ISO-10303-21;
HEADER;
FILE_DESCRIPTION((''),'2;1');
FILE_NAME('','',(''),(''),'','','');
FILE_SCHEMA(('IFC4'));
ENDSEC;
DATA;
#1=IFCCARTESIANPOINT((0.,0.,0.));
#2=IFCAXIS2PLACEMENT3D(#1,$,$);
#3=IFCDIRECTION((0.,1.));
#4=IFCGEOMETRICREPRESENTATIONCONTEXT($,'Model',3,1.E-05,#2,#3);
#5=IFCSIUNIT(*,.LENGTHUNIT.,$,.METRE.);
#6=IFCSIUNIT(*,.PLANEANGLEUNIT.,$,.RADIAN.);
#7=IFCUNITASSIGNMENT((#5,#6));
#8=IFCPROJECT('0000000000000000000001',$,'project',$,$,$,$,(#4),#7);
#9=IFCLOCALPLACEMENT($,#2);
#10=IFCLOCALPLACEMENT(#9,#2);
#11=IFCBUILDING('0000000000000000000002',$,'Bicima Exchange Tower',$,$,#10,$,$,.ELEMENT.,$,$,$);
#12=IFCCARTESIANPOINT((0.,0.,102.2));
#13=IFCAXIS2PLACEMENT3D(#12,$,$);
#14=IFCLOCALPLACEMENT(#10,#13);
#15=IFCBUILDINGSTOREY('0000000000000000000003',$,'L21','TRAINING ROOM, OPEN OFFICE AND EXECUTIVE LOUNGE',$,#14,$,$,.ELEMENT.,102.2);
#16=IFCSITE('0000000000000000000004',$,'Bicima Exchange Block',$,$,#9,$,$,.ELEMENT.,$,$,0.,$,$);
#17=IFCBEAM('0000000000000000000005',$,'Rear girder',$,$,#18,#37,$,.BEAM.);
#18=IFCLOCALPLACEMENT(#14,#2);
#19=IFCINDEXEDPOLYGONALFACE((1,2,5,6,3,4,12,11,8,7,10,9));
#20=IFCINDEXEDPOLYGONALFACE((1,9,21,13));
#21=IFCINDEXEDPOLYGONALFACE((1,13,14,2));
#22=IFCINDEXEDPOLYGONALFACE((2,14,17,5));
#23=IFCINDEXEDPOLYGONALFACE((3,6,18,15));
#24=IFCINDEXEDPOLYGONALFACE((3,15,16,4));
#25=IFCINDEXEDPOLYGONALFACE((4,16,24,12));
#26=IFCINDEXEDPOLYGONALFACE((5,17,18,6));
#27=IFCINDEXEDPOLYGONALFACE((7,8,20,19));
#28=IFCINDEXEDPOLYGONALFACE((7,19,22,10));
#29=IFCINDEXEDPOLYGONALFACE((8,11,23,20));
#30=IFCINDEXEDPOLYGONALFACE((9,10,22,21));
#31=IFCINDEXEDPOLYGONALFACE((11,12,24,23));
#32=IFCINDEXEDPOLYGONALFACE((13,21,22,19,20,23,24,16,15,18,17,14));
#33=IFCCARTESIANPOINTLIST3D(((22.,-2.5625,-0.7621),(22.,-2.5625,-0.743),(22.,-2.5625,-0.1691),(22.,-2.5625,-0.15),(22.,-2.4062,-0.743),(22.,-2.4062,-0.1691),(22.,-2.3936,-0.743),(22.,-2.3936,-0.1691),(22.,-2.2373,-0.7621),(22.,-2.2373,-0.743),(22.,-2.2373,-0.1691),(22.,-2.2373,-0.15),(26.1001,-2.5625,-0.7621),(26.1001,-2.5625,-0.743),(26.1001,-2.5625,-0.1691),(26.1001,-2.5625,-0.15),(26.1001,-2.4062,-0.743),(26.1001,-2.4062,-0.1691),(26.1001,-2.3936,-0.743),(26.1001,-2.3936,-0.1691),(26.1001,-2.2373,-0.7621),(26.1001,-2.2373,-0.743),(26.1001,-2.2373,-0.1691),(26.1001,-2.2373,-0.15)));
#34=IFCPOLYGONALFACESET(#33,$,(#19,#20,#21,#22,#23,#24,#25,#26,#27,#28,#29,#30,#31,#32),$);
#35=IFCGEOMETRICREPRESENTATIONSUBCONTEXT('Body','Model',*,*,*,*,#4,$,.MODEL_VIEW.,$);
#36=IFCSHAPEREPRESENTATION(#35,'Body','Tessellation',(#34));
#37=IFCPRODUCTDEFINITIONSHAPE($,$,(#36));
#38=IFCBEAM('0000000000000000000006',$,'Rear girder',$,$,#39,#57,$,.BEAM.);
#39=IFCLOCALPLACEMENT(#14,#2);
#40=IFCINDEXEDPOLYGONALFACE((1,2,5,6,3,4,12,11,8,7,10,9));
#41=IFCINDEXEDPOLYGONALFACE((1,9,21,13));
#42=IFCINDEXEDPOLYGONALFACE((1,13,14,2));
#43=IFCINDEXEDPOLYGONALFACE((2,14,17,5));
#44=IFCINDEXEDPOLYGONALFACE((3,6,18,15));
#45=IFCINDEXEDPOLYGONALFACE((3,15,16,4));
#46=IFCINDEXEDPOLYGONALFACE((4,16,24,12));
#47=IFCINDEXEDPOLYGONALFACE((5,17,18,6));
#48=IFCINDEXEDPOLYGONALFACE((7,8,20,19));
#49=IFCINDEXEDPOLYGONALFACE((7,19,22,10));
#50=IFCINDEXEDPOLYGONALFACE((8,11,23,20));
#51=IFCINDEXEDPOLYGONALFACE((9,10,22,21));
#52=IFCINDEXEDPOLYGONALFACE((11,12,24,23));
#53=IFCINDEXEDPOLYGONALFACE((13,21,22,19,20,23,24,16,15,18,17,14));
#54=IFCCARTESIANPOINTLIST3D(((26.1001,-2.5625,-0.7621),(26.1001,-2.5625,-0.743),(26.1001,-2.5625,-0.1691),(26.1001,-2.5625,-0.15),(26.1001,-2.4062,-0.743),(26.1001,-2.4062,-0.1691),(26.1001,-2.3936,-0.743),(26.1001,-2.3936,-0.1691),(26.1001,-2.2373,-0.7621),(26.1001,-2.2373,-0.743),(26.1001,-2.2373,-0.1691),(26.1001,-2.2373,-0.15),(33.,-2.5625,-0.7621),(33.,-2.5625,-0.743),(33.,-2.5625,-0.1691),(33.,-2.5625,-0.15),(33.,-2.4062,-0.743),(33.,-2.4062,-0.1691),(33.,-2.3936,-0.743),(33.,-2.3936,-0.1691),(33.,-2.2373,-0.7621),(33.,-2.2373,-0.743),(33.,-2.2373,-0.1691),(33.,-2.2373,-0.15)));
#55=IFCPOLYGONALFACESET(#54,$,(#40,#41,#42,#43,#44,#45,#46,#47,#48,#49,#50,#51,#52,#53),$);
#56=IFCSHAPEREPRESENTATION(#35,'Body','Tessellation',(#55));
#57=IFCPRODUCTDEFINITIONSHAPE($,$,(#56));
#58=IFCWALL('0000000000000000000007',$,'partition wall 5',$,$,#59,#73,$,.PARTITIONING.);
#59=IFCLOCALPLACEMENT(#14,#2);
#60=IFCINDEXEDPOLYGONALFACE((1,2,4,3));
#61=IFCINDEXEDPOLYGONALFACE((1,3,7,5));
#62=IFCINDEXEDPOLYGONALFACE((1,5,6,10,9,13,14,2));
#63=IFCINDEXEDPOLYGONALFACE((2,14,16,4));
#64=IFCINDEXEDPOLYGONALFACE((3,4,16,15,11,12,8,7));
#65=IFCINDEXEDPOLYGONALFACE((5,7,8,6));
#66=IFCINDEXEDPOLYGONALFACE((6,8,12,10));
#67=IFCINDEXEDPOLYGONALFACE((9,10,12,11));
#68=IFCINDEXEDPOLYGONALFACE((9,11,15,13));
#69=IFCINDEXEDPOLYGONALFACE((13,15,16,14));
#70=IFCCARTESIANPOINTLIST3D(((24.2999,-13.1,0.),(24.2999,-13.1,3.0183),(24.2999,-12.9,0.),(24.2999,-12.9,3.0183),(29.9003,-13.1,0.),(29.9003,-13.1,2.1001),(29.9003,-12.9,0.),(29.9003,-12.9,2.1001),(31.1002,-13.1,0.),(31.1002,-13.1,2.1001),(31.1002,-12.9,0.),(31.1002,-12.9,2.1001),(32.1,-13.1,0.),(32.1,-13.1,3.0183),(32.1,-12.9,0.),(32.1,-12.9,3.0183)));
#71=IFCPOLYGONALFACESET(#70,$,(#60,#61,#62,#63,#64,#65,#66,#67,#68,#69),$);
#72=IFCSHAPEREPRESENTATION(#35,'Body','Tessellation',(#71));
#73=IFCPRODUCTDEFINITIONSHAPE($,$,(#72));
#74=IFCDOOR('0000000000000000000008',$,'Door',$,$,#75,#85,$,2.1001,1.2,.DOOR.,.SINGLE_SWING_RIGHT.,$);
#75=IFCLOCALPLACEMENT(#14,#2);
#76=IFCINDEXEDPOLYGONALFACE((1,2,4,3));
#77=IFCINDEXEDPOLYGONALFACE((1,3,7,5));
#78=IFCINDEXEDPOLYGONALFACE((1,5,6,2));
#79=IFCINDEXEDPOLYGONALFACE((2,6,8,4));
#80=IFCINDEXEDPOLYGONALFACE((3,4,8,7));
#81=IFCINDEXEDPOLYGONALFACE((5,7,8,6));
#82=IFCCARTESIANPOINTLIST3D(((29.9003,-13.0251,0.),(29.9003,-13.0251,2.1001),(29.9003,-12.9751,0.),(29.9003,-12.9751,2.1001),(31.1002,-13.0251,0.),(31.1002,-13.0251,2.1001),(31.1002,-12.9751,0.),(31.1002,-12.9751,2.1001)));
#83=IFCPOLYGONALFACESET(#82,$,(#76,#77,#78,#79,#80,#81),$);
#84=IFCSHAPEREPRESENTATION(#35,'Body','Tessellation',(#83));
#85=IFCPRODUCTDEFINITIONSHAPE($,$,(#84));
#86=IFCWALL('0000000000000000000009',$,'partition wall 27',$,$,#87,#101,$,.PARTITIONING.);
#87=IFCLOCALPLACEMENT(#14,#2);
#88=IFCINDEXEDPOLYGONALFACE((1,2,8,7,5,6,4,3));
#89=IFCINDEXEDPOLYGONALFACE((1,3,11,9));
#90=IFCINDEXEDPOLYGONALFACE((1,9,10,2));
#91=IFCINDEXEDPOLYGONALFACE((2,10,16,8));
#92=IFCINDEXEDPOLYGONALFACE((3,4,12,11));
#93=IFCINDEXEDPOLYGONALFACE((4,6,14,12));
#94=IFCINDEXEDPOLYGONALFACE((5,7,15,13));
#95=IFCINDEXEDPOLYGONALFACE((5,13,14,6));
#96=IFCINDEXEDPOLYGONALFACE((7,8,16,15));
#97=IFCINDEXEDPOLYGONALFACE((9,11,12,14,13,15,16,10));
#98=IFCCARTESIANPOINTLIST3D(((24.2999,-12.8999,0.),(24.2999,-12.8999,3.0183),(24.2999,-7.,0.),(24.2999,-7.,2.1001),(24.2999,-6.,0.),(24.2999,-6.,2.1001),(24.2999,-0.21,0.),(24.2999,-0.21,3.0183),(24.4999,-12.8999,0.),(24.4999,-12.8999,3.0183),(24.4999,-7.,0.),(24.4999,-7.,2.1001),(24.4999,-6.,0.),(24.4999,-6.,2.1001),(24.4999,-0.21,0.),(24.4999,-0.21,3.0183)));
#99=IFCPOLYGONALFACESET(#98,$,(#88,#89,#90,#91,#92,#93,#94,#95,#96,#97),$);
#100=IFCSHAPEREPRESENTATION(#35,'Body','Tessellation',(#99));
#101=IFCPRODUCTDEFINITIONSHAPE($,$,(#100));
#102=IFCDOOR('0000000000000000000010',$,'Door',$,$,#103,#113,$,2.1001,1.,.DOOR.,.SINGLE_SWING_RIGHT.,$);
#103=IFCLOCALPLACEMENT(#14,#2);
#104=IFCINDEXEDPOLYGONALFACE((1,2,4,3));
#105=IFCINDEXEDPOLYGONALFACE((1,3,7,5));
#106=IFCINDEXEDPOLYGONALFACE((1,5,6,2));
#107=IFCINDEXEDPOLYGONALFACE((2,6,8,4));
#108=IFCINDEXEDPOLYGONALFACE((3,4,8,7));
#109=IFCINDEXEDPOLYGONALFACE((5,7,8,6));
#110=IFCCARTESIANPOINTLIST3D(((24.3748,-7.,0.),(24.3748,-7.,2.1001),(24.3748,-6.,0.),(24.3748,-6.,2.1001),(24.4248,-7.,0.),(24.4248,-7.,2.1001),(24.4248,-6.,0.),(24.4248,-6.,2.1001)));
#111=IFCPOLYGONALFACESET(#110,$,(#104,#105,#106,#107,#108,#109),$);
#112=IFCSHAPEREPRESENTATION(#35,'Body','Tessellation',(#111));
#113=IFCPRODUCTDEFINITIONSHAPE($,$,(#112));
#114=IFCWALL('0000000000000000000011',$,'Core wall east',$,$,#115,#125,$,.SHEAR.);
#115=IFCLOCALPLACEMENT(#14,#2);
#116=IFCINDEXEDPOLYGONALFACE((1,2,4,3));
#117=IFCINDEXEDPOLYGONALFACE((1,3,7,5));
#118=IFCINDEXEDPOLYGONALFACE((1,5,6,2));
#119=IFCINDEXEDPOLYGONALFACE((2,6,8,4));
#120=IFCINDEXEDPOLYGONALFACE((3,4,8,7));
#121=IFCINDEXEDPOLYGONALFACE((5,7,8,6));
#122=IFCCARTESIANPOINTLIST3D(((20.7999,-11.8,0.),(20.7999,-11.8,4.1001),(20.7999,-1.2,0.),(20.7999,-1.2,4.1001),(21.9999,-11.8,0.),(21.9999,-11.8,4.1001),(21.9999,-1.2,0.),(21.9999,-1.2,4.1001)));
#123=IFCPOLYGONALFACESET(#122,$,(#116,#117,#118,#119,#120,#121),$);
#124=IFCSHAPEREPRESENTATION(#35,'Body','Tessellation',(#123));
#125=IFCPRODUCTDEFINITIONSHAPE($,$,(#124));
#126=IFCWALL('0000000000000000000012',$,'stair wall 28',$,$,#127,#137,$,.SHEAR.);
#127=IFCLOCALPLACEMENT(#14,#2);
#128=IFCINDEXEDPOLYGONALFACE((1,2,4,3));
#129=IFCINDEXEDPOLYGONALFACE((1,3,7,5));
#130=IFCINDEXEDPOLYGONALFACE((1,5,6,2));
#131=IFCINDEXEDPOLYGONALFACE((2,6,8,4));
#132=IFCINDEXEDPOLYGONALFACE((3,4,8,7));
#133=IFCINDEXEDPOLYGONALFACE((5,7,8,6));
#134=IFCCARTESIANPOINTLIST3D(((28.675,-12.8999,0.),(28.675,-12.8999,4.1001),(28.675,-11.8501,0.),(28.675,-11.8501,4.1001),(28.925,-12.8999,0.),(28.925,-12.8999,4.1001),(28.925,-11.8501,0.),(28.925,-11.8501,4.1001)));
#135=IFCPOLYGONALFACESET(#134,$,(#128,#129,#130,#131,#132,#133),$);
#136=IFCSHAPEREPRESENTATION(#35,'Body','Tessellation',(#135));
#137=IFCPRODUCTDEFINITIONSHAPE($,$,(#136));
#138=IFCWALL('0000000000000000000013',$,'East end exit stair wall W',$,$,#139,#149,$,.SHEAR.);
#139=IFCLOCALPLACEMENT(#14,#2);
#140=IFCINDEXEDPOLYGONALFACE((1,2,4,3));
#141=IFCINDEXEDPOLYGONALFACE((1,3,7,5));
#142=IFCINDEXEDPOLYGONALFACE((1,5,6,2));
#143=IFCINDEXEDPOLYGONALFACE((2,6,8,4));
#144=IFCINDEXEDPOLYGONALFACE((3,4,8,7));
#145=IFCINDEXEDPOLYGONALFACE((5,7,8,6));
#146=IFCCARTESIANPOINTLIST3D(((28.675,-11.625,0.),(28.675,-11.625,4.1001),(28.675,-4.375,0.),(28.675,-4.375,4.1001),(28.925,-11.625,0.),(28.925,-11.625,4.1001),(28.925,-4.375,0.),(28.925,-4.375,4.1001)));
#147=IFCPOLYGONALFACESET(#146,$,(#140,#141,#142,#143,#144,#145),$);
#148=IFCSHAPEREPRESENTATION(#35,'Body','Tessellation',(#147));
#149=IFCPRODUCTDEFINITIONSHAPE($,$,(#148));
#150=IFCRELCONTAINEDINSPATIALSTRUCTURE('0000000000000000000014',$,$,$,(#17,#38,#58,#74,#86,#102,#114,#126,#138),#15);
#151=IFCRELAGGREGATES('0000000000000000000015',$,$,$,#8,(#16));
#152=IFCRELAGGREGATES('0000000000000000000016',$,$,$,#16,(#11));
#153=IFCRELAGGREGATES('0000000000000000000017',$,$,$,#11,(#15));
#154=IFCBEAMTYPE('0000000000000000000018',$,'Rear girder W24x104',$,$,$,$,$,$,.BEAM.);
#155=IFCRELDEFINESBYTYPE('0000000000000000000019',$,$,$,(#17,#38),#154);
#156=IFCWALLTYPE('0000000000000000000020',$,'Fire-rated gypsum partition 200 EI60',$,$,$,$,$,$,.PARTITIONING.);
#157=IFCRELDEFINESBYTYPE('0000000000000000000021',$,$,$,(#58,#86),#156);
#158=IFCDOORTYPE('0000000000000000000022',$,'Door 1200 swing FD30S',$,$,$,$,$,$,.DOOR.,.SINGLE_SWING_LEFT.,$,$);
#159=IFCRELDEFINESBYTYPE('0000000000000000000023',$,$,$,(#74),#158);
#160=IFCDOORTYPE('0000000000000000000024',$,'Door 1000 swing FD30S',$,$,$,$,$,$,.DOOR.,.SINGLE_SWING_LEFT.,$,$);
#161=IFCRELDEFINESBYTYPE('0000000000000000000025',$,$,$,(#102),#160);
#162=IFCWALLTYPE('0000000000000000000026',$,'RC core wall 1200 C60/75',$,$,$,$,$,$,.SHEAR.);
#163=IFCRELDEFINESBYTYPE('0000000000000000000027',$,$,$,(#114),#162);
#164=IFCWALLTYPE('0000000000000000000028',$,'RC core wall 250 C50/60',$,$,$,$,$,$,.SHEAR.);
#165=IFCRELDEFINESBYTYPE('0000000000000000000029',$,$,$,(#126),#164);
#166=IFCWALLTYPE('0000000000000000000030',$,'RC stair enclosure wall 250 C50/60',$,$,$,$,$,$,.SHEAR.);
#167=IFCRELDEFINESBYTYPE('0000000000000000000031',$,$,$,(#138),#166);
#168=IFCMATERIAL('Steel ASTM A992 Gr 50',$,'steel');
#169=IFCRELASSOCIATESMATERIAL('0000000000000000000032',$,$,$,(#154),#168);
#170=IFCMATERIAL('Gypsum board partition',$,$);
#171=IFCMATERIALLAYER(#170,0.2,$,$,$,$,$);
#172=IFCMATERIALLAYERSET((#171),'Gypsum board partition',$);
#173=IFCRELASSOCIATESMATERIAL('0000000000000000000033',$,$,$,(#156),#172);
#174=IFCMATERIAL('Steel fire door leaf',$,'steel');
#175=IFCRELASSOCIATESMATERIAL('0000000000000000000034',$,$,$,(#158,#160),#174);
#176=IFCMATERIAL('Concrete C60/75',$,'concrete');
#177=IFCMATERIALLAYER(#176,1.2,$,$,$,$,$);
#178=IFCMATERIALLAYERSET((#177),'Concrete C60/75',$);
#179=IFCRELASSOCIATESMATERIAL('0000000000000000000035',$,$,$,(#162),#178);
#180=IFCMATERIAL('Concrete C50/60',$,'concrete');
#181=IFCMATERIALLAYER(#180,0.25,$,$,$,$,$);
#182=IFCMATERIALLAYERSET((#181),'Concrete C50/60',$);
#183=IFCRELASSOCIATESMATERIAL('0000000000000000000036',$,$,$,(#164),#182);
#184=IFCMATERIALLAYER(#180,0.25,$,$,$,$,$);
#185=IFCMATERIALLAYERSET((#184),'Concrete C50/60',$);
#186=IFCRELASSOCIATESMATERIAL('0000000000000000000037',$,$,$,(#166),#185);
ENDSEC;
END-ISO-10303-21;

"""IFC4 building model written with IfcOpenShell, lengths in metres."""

from ifc_helpers import new_model, si_unit, direction, frame, frame_2d, origin, origin_2d, place, context, subcontext, project, spatial, rectangle, i_section, extrude, material, layer, layer_set, material_profile, profile_set, type_object, element, fill, save


model = new_model("IFC4")

# Units and contexts
model_context = context("Model", 3, precision=1e-05, world=origin(), true_north=direction((0.0, 1.0)))
body_context = subcontext(model_context, "Body", "Model", "MODEL_VIEW")
ifc_project = project(units=[si_unit("LENGTHUNIT", "METRE"), si_unit("PLANEANGLEUNIT", "RADIAN")], contexts=[model_context])

# Site, building, storey
site_placement = place(None, origin())
site = spatial("IfcSite", under=ifc_project, at=site_placement, Name="Bicima Exchange Block", CompositionType="ELEMENT", RefElevation=0.0)
building_placement = place(site_placement, origin())
building = spatial("IfcBuilding", under=site, at=building_placement, Name="Bicima Exchange Tower", CompositionType="ELEMENT")
storey_placement = place(building_placement, frame((0.0, 0.0, 102.2)))
storey = spatial("IfcBuildingStorey", under=building, at=storey_placement, Name="L21", Description="TRAINING ROOM, OPEN OFFICE AND EXECUTIVE LOUNGE", CompositionType="ELEMENT", Elevation=102.2)

# Shared definitions
ifc_material_1 = material(Name="Steel ASTM A992 Gr 50", Category="steel")

# Beams
ifc_material_profile_1 = material_profile(ifc_material_1, i_section(OverallWidth=0.3252, OverallDepth=0.6121, WebThickness=0.0127, FlangeThickness=0.019, at=origin_2d()))
ifc_profile_set_1 = profile_set([ifc_material_profile_1], Name="Steel ASTM A992 Gr 50")
beam_type_1 = type_object("IfcBeamType", Name="Rear girder W24x104", PredefinedType="BEAM", material=ifc_profile_set_1)
beam_1_placement = place(storey_placement, frame((22.0, -2.3999, -0.4561), z_axis=(1.0, 0.0, 0.0), x_axis=(0.0, 1.0, 0.0)))
element("IfcBeam", 1, at=beam_1_placement, inside=storey, type_object=beam_type_1, Name="Rear girder", PredefinedType="BEAM", context=body_context, shape_type="SweptSolid", body=[
    extrude(i_section(OverallWidth=0.3252, OverallDepth=0.6121, WebThickness=0.0127, FlangeThickness=0.019, at=origin_2d()), origin(), (0.0, 0.0, 1.0), 4.1001),
])
beam_2_placement = place(storey_placement, frame((26.1001, -2.3999, -0.4561), z_axis=(1.0, 0.0, 0.0), x_axis=(0.0, 1.0, 0.0)))
element("IfcBeam", 2, at=beam_2_placement, inside=storey, type_object=beam_type_1, Name="Rear girder", PredefinedType="BEAM", context=body_context, shape_type="SweptSolid", body=[
    extrude(i_section(OverallWidth=0.3252, OverallDepth=0.6121, WebThickness=0.0127, FlangeThickness=0.019, at=origin_2d()), origin(), (0.0, 0.0, 1.0), 6.8999),
])

# Walls, openings, doors
ifc_material_2 = material(Name="Gypsum board partition")
ifc_layer_1 = layer(ifc_material_2, 0.2)
ifc_layer_set_1 = layer_set([ifc_layer_1], Name="Gypsum board partition")
wall_type_1 = type_object("IfcWallType", Name="Fire-rated gypsum partition 200 EI60", PredefinedType="PARTITIONING", material=ifc_layer_set_1)
wall_1_placement = place(storey_placement, frame((24.3, -13.0, 0.0), z_axis=(0.0, 0.0, 1.0), x_axis=(1.0, 0.0, 0.0)))
wall_1 = element("IfcWall", 3, at=wall_1_placement, inside=storey, type_object=wall_type_1, Name="partition wall 5", PredefinedType="PARTITIONING", context=body_context, shape_type="SweptSolid", body=[
    extrude(rectangle(XDim=7.8, YDim=0.2, at=frame_2d((3.8999, 0.0))), origin(), (0.0, 0.0, 1.0), 3.0183),
])
opening_1_placement = place(wall_1_placement, frame((5.6001, 0.0, 0.0)))
opening_1 = element("IfcOpeningElement", 4, at=opening_1_placement, cuts=wall_1, PredefinedType="OPENING", context=body_context, shape_type="SweptSolid", body=[
    extrude(rectangle(XDim=1.2, YDim=2.1001, at=frame_2d((0.6001, 1.05))), frame((0.0, 0.1118, 0.0), z_axis=(0.0, -1.0, 0.0), x_axis=(1.0, 0.0, 0.0)), (0.0, 0.0, 1.0), 0.2239),
])
ifc_material_3 = material(Name="Steel fire door leaf", Category="steel")
door_type_1 = type_object("IfcDoorType", Name="Door 1200 swing FD30S", OperationType="SINGLE_SWING_LEFT", PredefinedType="DOOR", material=ifc_material_3)
door_1_placement = place(opening_1_placement, origin())
door_1 = element("IfcDoor", 5, at=door_1_placement, inside=storey, type_object=door_type_1, Name="Door", OperationType="SINGLE_SWING_RIGHT", OverallHeight=2.1001, OverallWidth=1.2, PredefinedType="DOOR", context=body_context, shape_type="SweptSolid", body=[
    extrude(rectangle(XDim=1.2, YDim=2.1001, at=frame_2d((0.6001, 1.05))), frame((0.0, 0.0249, 0.0), z_axis=(0.0, -1.0, 0.0), x_axis=(1.0, 0.0, 0.0)), (0.0, 0.0, 1.0), 0.05),
])
fill(opening_1, door_1)
wall_2_placement = place(storey_placement, frame((24.3999, -12.8999, 0.0), z_axis=(0.0, 0.0, 1.0), x_axis=(0.0, 1.0, 0.0)))
wall_2 = element("IfcWall", 6, at=wall_2_placement, inside=storey, type_object=wall_type_1, Name="partition wall 27", PredefinedType="PARTITIONING", context=body_context, shape_type="SweptSolid", body=[
    extrude(rectangle(XDim=12.6899, YDim=0.2, at=frame_2d((6.345, 0.0))), origin(), (0.0, 0.0, 1.0), 3.0183),
])
opening_2_placement = place(wall_2_placement, frame((5.8999, 0.0, 0.0)))
opening_2 = element("IfcOpeningElement", 7, at=opening_2_placement, cuts=wall_2, PredefinedType="OPENING", context=body_context, shape_type="SweptSolid", body=[
    extrude(rectangle(XDim=1.0, YDim=2.1001, at=frame_2d((0.5, 1.05))), frame((0.0, 0.1118, 0.0), z_axis=(0.0, -1.0, 0.0), x_axis=(1.0, 0.0, 0.0)), (0.0, 0.0, 1.0), 0.2239),
])
door_type_2 = type_object("IfcDoorType", Name="Door 1000 swing FD30S", OperationType="SINGLE_SWING_LEFT", PredefinedType="DOOR", material=ifc_material_3)
door_2_placement = place(opening_2_placement, frame((1.0, 0.0, 0.0), z_axis=(0.0, 0.0, 1.0), x_axis=(-1.0, 0.0, 0.0)))
door_2 = element("IfcDoor", 8, at=door_2_placement, inside=storey, type_object=door_type_2, Name="Door", OperationType="SINGLE_SWING_RIGHT", OverallHeight=2.1001, OverallWidth=1.0, PredefinedType="DOOR", context=body_context, shape_type="SweptSolid", body=[
    extrude(rectangle(XDim=1.0, YDim=2.1001, at=frame_2d((0.5, 1.05))), frame((0.0, 0.0249, 0.0), z_axis=(0.0, -1.0, 0.0), x_axis=(1.0, 0.0, 0.0)), (0.0, 0.0, 1.0), 0.05),
])
fill(opening_2, door_2)

# Walls
ifc_material_4 = material(Name="Concrete C60/75", Category="concrete")
ifc_layer_2 = layer(ifc_material_4, 1.2)
ifc_layer_set_2 = layer_set([ifc_layer_2], Name="Concrete C60/75")
wall_type_2 = type_object("IfcWallType", Name="RC core wall 1200 C60/75", PredefinedType="SHEAR", material=ifc_layer_set_2)
wall_3_placement = place(storey_placement, frame((21.3999, -11.8, 0.0), z_axis=(0.0, 0.0, 1.0), x_axis=(0.0, 1.0, 0.0)))
element("IfcWall", 9, at=wall_3_placement, inside=storey, type_object=wall_type_2, Name="Core wall east", PredefinedType="SHEAR", context=body_context, shape_type="SweptSolid", body=[
    extrude(rectangle(XDim=10.6001, YDim=1.2, at=frame_2d((5.3, 0.0))), origin(), (0.0, 0.0, 1.0), 4.1001),
])
ifc_material_5 = material(Name="Concrete C50/60", Category="concrete")
ifc_layer_3 = layer(ifc_material_5, 0.25)
ifc_layer_set_3 = layer_set([ifc_layer_3], Name="Concrete C50/60")
wall_type_3 = type_object("IfcWallType", Name="RC core wall 250 C50/60", PredefinedType="SHEAR", material=ifc_layer_set_3)
wall_4_placement = place(storey_placement, frame((28.8, -12.8999, 0.0), z_axis=(0.0, 0.0, 1.0), x_axis=(0.0, 1.0, 0.0)))
element("IfcWall", 10, at=wall_4_placement, inside=storey, type_object=wall_type_3, Name="stair wall 28", PredefinedType="SHEAR", context=body_context, shape_type="SweptSolid", body=[
    extrude(rectangle(XDim=1.0498, YDim=0.25, at=frame_2d((0.5249, 0.0))), origin(), (0.0, 0.0, 1.0), 4.1001),
])
ifc_layer_4 = layer(ifc_material_5, 0.25)
ifc_layer_set_4 = layer_set([ifc_layer_4], Name="Concrete C50/60")
wall_type_4 = type_object("IfcWallType", Name="RC stair enclosure wall 250 C50/60", PredefinedType="SHEAR", material=ifc_layer_set_4)
wall_5_placement = place(storey_placement, frame((28.8, -11.625, 0.0), z_axis=(0.0, 0.0, 1.0), x_axis=(0.0, 1.0, 0.0)))
element("IfcWall", 11, at=wall_5_placement, inside=storey, type_object=wall_type_4, Name="East end exit stair wall W", PredefinedType="SHEAR", context=body_context, shape_type="SweptSolid", body=[
    extrude(rectangle(XDim=7.25, YDim=0.25, at=frame_2d((3.625, 0.0))), origin(), (0.0, 0.0, 1.0), 4.1001),
])

save(model, "model.ifc")
